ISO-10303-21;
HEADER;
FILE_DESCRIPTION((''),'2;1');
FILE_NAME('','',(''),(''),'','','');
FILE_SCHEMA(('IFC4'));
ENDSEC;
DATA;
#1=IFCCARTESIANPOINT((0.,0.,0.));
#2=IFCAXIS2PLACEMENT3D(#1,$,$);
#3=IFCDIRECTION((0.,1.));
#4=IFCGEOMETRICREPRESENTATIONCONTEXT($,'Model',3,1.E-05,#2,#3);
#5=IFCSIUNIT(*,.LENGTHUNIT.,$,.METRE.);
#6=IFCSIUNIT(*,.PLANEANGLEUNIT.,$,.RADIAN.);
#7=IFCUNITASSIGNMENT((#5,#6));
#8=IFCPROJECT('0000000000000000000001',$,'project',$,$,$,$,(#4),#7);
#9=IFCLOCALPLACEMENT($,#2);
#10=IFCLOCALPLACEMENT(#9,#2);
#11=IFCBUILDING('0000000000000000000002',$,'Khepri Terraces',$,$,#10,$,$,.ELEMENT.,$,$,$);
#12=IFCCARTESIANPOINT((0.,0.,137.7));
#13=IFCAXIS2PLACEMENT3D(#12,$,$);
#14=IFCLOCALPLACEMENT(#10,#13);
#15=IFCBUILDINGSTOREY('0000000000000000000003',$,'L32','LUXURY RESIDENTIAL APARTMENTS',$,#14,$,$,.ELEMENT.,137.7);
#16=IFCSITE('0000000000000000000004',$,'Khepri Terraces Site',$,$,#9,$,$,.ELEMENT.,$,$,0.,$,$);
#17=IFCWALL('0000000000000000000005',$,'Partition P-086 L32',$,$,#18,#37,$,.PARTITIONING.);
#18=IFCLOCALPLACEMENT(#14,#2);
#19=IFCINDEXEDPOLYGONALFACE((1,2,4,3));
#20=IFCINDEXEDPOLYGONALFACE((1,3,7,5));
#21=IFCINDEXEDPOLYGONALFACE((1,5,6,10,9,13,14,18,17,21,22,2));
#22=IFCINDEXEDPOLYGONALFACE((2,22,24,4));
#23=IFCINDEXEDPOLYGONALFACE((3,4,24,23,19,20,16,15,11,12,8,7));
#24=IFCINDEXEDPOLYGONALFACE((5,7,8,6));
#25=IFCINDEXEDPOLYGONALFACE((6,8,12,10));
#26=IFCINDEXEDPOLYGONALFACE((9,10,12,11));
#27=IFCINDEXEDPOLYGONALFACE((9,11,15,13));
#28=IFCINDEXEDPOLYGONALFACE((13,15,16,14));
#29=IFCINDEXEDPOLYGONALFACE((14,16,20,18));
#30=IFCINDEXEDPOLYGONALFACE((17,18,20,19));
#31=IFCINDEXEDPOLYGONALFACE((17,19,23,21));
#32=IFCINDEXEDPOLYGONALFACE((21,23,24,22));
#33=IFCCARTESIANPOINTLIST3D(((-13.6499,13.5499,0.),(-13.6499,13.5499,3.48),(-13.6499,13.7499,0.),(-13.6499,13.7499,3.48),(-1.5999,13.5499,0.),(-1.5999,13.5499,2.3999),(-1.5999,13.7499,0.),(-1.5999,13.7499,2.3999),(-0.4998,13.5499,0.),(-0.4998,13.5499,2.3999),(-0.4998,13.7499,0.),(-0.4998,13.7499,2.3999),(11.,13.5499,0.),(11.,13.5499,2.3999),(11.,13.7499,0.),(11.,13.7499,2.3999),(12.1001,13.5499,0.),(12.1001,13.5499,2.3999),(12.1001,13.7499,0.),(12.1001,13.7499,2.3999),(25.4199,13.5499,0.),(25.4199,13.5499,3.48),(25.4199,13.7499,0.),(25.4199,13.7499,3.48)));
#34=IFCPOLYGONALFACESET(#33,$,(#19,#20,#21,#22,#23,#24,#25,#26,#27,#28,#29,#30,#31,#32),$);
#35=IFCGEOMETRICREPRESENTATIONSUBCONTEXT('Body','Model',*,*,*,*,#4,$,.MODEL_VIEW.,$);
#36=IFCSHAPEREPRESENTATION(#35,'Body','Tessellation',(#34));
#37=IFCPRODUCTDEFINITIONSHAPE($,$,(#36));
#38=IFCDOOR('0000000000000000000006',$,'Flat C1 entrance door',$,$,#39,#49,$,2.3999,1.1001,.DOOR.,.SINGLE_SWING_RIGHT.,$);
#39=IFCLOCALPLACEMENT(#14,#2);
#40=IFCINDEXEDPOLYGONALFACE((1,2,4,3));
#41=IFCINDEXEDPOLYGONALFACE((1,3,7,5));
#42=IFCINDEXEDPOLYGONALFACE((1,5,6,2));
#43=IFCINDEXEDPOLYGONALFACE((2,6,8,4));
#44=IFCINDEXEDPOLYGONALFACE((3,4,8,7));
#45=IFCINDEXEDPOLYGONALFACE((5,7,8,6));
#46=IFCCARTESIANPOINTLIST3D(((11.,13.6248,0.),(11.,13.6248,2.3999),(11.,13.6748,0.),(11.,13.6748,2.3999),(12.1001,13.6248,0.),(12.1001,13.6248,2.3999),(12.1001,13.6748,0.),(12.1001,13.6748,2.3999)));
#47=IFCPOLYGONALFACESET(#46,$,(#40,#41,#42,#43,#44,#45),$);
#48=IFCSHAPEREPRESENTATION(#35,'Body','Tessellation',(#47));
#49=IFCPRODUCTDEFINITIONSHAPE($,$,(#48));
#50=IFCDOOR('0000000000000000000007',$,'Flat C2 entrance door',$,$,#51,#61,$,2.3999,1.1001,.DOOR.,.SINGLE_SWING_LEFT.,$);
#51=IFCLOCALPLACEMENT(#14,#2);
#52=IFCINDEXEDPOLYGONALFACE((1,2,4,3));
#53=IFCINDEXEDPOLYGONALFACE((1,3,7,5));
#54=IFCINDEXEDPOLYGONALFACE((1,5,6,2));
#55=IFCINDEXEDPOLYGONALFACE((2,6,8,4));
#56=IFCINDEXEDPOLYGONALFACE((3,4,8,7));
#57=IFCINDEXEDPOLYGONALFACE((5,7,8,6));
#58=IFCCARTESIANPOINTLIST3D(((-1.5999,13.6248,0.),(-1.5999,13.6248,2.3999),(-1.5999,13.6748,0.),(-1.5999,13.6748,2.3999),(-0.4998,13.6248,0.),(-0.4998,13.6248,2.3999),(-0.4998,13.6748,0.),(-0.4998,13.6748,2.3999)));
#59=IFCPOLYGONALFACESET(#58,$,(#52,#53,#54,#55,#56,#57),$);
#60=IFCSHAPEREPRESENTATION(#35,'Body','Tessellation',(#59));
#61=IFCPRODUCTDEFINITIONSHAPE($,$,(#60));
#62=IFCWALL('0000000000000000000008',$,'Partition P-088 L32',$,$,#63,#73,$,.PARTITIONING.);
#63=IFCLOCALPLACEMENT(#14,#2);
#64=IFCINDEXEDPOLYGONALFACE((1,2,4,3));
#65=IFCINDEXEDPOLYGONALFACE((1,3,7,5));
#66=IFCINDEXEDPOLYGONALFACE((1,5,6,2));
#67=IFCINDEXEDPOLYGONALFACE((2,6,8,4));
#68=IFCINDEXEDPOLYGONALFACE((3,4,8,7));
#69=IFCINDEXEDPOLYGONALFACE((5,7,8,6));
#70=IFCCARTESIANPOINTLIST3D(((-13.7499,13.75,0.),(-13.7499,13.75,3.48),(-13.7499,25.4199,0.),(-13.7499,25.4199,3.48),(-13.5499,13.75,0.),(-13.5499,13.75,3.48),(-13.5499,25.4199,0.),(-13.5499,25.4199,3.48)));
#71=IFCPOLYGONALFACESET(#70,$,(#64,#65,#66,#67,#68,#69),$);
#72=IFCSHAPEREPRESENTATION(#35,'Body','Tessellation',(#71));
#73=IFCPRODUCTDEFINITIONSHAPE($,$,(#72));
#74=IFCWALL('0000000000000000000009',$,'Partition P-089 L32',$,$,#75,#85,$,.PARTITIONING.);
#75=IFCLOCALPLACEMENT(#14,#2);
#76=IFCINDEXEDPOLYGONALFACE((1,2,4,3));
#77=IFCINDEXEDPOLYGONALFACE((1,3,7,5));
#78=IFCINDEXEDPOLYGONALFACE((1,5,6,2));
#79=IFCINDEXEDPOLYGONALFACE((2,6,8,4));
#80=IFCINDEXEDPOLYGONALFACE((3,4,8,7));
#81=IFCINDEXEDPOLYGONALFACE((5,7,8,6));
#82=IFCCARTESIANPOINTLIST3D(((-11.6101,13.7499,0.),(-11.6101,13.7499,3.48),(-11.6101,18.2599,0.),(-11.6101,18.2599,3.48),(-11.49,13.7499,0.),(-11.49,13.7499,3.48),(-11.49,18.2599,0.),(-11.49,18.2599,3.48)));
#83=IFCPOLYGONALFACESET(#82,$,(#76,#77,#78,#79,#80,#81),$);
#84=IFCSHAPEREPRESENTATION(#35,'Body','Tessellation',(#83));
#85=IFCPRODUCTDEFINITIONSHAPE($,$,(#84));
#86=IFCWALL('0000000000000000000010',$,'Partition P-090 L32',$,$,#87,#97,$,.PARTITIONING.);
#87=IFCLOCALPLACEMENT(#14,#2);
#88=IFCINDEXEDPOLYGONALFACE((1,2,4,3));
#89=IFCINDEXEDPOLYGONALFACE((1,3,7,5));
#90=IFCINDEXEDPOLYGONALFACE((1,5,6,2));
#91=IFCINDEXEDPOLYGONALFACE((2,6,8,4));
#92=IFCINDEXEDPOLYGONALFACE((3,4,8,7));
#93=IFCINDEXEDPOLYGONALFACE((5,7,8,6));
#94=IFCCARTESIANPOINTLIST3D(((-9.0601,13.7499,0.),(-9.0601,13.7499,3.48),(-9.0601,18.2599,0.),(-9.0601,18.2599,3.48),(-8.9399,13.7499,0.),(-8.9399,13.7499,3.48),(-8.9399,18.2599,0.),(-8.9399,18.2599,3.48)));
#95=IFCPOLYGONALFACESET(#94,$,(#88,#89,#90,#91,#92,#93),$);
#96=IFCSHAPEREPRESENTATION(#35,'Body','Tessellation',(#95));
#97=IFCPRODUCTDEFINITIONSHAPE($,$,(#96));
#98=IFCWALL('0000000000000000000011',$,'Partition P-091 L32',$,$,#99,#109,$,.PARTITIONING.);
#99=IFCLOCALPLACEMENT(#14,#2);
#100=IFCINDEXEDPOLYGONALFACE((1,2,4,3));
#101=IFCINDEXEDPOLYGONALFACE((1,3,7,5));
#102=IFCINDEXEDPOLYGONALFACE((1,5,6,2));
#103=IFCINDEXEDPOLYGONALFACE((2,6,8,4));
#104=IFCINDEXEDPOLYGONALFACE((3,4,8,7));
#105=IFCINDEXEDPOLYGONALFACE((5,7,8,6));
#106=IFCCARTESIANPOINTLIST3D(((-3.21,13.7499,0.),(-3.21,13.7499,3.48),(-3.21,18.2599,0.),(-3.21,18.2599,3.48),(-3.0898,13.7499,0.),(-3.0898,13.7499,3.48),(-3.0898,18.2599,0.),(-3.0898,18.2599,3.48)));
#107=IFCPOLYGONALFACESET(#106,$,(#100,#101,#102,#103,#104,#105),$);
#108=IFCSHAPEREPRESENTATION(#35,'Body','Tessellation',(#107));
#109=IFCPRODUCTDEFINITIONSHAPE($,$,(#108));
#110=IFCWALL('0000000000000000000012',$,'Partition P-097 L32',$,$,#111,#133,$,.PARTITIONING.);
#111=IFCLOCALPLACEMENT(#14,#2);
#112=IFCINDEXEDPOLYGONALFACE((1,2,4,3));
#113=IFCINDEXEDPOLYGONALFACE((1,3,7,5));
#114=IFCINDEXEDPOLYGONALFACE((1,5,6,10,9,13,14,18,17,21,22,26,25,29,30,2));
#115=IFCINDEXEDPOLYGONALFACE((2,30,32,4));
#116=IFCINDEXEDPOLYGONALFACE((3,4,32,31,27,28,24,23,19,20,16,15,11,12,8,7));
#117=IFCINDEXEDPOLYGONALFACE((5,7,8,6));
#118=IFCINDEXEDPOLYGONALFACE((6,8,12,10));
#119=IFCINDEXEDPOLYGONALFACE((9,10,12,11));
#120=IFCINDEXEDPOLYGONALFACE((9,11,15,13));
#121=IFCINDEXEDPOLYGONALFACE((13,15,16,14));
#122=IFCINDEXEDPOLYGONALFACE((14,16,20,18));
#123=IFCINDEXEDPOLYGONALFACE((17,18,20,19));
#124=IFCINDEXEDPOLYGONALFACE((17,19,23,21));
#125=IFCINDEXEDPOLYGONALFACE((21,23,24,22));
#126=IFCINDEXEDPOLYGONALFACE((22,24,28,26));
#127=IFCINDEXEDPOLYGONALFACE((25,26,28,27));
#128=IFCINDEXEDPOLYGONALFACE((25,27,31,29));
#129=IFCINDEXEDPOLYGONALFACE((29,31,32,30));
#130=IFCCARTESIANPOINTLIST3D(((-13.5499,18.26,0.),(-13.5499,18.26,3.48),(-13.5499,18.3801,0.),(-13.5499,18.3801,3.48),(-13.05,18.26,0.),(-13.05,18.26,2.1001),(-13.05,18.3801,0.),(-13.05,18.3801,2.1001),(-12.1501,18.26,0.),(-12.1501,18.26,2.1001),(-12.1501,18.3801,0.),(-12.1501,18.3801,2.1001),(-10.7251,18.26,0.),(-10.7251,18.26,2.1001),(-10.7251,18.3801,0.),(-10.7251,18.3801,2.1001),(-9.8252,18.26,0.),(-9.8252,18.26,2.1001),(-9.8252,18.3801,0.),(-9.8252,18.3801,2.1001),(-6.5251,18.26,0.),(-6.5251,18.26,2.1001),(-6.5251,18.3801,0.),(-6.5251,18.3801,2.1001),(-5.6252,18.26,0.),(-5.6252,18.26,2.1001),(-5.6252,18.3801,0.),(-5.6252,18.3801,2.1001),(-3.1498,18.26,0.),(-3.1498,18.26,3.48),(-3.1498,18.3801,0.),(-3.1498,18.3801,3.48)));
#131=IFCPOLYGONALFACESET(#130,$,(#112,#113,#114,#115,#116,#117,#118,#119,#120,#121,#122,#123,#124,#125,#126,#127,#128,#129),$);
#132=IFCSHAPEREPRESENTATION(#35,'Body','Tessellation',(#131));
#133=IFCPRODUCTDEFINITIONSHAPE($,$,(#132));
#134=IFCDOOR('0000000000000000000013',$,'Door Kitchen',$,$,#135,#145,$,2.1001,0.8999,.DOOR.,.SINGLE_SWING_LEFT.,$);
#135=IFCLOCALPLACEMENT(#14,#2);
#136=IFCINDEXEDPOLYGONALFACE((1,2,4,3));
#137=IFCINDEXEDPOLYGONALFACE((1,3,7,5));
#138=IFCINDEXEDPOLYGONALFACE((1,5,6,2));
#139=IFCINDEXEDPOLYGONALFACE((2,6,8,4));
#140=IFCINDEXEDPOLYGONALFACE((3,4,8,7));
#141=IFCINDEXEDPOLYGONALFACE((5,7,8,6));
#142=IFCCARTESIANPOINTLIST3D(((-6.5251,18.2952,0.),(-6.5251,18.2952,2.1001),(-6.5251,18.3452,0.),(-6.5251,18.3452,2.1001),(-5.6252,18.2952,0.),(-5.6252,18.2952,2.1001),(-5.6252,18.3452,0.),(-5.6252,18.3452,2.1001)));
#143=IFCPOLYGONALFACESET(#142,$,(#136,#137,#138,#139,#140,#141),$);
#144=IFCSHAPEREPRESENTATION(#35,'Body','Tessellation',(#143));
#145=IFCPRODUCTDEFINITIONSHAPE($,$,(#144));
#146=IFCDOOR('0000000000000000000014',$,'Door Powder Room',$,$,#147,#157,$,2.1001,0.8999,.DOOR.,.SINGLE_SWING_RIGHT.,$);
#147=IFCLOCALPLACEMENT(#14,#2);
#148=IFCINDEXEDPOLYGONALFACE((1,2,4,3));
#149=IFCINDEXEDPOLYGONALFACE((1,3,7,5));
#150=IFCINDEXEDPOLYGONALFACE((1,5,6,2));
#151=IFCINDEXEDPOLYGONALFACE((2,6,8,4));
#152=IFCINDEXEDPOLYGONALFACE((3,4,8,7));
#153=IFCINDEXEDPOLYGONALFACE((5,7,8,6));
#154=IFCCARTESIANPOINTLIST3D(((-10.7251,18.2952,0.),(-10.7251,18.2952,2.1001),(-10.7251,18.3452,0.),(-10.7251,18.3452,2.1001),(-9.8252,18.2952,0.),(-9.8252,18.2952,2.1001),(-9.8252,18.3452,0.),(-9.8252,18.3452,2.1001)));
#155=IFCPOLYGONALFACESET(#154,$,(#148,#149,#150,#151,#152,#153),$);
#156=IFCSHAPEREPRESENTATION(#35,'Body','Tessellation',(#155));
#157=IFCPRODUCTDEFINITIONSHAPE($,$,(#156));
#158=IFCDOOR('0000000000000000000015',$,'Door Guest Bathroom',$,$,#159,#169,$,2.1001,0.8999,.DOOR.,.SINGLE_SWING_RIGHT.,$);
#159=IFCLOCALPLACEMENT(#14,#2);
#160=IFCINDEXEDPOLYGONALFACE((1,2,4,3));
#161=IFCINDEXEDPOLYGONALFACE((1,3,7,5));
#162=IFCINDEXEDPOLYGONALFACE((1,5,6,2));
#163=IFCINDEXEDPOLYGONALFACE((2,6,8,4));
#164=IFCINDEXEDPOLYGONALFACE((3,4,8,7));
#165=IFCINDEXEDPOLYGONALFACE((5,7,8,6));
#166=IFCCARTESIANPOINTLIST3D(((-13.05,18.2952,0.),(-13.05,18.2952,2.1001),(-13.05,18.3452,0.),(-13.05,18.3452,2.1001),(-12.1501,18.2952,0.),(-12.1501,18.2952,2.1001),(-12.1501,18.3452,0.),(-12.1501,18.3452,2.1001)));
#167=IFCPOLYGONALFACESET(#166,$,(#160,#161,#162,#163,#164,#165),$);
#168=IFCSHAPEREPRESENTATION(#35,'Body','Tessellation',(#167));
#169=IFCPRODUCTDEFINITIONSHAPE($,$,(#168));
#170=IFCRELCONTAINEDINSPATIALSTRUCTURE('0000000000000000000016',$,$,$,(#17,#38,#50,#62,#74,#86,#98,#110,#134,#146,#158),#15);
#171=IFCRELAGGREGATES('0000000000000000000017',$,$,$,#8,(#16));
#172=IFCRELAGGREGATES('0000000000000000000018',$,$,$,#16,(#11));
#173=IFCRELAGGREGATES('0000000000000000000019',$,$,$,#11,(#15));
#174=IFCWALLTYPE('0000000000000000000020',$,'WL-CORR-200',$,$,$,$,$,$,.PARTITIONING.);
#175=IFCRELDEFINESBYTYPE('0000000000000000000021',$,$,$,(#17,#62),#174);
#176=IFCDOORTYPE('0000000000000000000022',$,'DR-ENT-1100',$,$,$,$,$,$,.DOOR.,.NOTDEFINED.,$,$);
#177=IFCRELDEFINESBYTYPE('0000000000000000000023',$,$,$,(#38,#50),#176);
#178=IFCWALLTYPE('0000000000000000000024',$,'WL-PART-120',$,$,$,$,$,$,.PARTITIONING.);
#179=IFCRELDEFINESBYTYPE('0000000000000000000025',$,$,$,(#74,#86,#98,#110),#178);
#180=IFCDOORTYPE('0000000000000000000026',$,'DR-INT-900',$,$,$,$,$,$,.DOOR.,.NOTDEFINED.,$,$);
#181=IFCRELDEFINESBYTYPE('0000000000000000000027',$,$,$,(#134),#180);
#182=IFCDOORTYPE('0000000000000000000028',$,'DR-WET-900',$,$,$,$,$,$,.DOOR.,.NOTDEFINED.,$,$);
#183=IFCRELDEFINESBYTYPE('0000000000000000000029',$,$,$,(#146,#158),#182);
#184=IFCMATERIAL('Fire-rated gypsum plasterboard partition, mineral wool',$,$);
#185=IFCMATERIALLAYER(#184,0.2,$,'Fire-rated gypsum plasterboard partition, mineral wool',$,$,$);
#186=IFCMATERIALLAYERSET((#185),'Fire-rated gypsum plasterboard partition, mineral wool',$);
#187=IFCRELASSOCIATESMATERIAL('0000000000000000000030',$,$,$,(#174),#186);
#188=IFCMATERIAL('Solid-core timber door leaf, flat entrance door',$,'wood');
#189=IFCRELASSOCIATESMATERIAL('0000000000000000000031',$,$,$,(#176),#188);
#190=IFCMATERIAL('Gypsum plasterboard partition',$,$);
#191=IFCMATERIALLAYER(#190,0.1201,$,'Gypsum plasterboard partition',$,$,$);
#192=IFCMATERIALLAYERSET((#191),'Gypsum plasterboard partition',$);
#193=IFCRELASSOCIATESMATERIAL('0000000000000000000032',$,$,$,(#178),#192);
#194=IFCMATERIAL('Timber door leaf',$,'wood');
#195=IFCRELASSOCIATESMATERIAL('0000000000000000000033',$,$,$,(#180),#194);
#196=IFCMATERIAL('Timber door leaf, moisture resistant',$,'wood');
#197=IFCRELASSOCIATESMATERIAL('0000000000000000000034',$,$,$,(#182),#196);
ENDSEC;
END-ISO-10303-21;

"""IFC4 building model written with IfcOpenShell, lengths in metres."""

from ifc_helpers import new_model, si_unit, direction, frame, frame_2d, origin, place, context, subcontext, project, spatial, rectangle, extrude, material, layer, layer_set, type_object, element, fill, save


model = new_model("IFC4")

# Units and contexts
model_context = context("Model", 3, precision=1e-05, world=origin(), true_north=direction((0.0, 1.0)))
body_context = subcontext(model_context, "Body", "Model", "MODEL_VIEW")
ifc_project = project(units=[si_unit("LENGTHUNIT", "METRE"), si_unit("PLANEANGLEUNIT", "RADIAN")], contexts=[model_context])

# Site, building, storey
site_placement = place(None, origin())
site = spatial("IfcSite", under=ifc_project, at=site_placement, Name="Khepri Terraces Site", CompositionType="ELEMENT", RefElevation=0.0)
building_placement = place(site_placement, origin())
building = spatial("IfcBuilding", under=site, at=building_placement, Name="Khepri Terraces", CompositionType="ELEMENT")
storey_placement = place(building_placement, frame((0.0, 0.0, 137.7)))
storey = spatial("IfcBuildingStorey", under=building, at=storey_placement, Name="L32", Description="LUXURY RESIDENTIAL APARTMENTS", CompositionType="ELEMENT", Elevation=137.7)

# Wall, openings, doors
ifc_material_1 = material(Name="Fire-rated gypsum plasterboard partition, mineral wool")
ifc_layer_1 = layer(ifc_material_1, 0.2, Name="Fire-rated gypsum plasterboard partition, mineral wool")
ifc_layer_set_1 = layer_set([ifc_layer_1], Name="Fire-rated gypsum plasterboard partition, mineral wool")
wall_type_1 = type_object("IfcWallType", Name="WL-CORR-200", PredefinedType="PARTITIONING", material=ifc_layer_set_1)
wall_1_placement = place(storey_placement, frame((-13.6499, 13.6499, 0.0), z_axis=(0.0, 0.0, 1.0), x_axis=(1.0, 0.0, 0.0)))
wall_1 = element("IfcWall", 1, at=wall_1_placement, inside=storey, type_object=wall_type_1, Name="Partition P-086 L32", PredefinedType="PARTITIONING", context=body_context, shape_type="SweptSolid", body=[
    extrude(rectangle(XDim=39.0698, YDim=0.2, at=frame_2d((19.5349, 0.0))), origin(), (0.0, 0.0, 1.0), 3.48),
])
opening_1_placement = place(wall_1_placement, frame((24.6499, 0.0, 0.0)))
opening_1 = element("IfcOpeningElement", 2, at=opening_1_placement, cuts=wall_1, PredefinedType="OPENING", context=body_context, shape_type="SweptSolid", body=[
    extrude(rectangle(XDim=1.1001, YDim=2.3999, at=frame_2d((0.55, 1.2))), frame((0.0, 0.1099, 0.0), z_axis=(0.0, -1.0, 0.0), x_axis=(1.0, 0.0, 0.0)), (0.0, 0.0, 1.0), 0.22),
])
opening_2_placement = place(wall_1_placement, frame((12.05, 0.0, 0.0)))
opening_2 = element("IfcOpeningElement", 3, at=opening_2_placement, cuts=wall_1, PredefinedType="OPENING", context=body_context, shape_type="SweptSolid", body=[
    extrude(rectangle(XDim=1.1001, YDim=2.3999, at=frame_2d((0.55, 1.2))), frame((0.0, 0.1099, 0.0), z_axis=(0.0, -1.0, 0.0), x_axis=(1.0, 0.0, 0.0)), (0.0, 0.0, 1.0), 0.22),
])
ifc_material_2 = material(Name="Solid-core timber door leaf, flat entrance door", Category="wood")
door_type_1 = type_object("IfcDoorType", Name="DR-ENT-1100", OperationType="NOTDEFINED", PredefinedType="DOOR", material=ifc_material_2)
door_1_placement = place(opening_1_placement, origin())
door_1 = element("IfcDoor", 4, at=door_1_placement, inside=storey, type_object=door_type_1, Name="Flat C1 entrance door", OperationType="SINGLE_SWING_RIGHT", OverallHeight=2.3999, OverallWidth=1.1001, PredefinedType="DOOR", context=body_context, shape_type="SweptSolid", body=[
    extrude(rectangle(XDim=1.1001, YDim=2.3999, at=frame_2d((0.55, 1.2))), frame((0.0, 0.0249, 0.0), z_axis=(0.0, -1.0, 0.0), x_axis=(1.0, 0.0, 0.0)), (0.0, 0.0, 1.0), 0.05),
])
fill(opening_1, door_1)
door_2_placement = place(opening_2_placement, origin())
door_2 = element("IfcDoor", 5, at=door_2_placement, inside=storey, type_object=door_type_1, Name="Flat C2 entrance door", OperationType="SINGLE_SWING_LEFT", OverallHeight=2.3999, OverallWidth=1.1001, PredefinedType="DOOR", context=body_context, shape_type="SweptSolid", body=[
    extrude(rectangle(XDim=1.1001, YDim=2.3999, at=frame_2d((0.55, 1.2))), frame((0.0, 0.0249, 0.0), z_axis=(0.0, -1.0, 0.0), x_axis=(1.0, 0.0, 0.0)), (0.0, 0.0, 1.0), 0.05),
])
fill(opening_2, door_2)

# Walls
wall_2_placement = place(storey_placement, frame((-13.6499, 13.75, 0.0), z_axis=(0.0, 0.0, 1.0), x_axis=(0.0, 1.0, 0.0)))
element("IfcWall", 6, at=wall_2_placement, inside=storey, type_object=wall_type_1, Name="Partition P-088 L32", PredefinedType="PARTITIONING", context=body_context, shape_type="SweptSolid", body=[
    extrude(rectangle(XDim=11.6699, YDim=0.2, at=frame_2d((5.835, 0.0))), origin(), (0.0, 0.0, 1.0), 3.48),
])
ifc_material_3 = material(Name="Gypsum plasterboard partition")
ifc_layer_2 = layer(ifc_material_3, 0.1201, Name="Gypsum plasterboard partition")
ifc_layer_set_2 = layer_set([ifc_layer_2], Name="Gypsum plasterboard partition")
wall_type_2 = type_object("IfcWallType", Name="WL-PART-120", PredefinedType="PARTITIONING", material=ifc_layer_set_2)
for number, where, z_axis, x_axis, name in (
    (7, (-11.55, 13.75, 0.0), (0.0, 0.0, 1.0), (0.0, 1.0, 0.0), "Partition P-089 L32"),
    (8, (-9.0, 13.75, 0.0), (0.0, 0.0, 1.0), (0.0, 1.0, 0.0), "Partition P-090 L32"),
    (9, (-3.1499, 13.75, 0.0), (0.0, 0.0, 1.0), (0.0, 1.0, 0.0), "Partition P-091 L32"),
):
    element("IfcWall", number, at=place(storey_placement, frame(where, z_axis=z_axis, x_axis=x_axis)), inside=storey, type_object=wall_type_2, Name=name, PredefinedType="PARTITIONING", context=body_context, shape_type="SweptSolid", body=[
        extrude(rectangle(XDim=4.51, YDim=0.1201, at=frame_2d((2.2549, 0.0))), origin(), (0.0, 0.0, 1.0), 3.48),
    ])

# Wall, openings, doors
wall_3_placement = place(storey_placement, frame((-13.55, 18.3201, 0.0), z_axis=(0.0, 0.0, 1.0), x_axis=(1.0, 0.0, 0.0)))
wall_3 = element("IfcWall", 10, at=wall_3_placement, inside=storey, type_object=wall_type_2, Name="Partition P-097 L32", PredefinedType="PARTITIONING", context=body_context, shape_type="SweptSolid", body=[
    extrude(rectangle(XDim=10.4001, YDim=0.1201, at=frame_2d((5.2002, 0.0))), origin(), (0.0, 0.0, 1.0), 3.48),
])
opening_3_placement = place(wall_3_placement, frame((7.0249, 0.0, 0.0)))
opening_3 = element("IfcOpeningElement", 11, at=opening_3_placement, cuts=wall_3, PredefinedType="OPENING", context=body_context, shape_type="SweptSolid", body=[
    extrude(rectangle(XDim=0.8999, YDim=2.1001, at=frame_2d((0.45, 1.05))), frame((0.0, 0.0701, 0.0), z_axis=(0.0, -1.0, 0.0), x_axis=(1.0, 0.0, 0.0)), (0.0, 0.0, 1.0), 0.1401),
])
opening_4_placement = place(wall_3_placement, frame((2.825, 0.0, 0.0)))
opening_4 = element("IfcOpeningElement", 12, at=opening_4_placement, cuts=wall_3, PredefinedType="OPENING", context=body_context, shape_type="SweptSolid", body=[
    extrude(rectangle(XDim=0.8999, YDim=2.1001, at=frame_2d((0.45, 1.05))), frame((0.0, 0.0701, 0.0), z_axis=(0.0, -1.0, 0.0), x_axis=(1.0, 0.0, 0.0)), (0.0, 0.0, 1.0), 0.1401),
])
opening_5_placement = place(wall_3_placement, frame((0.5, 0.0, 0.0)))
opening_5 = element("IfcOpeningElement", 13, at=opening_5_placement, cuts=wall_3, PredefinedType="OPENING", context=body_context, shape_type="SweptSolid", body=[
    extrude(rectangle(XDim=0.8999, YDim=2.1001, at=frame_2d((0.45, 1.05))), frame((0.0, 0.0701, 0.0), z_axis=(0.0, -1.0, 0.0), x_axis=(1.0, 0.0, 0.0)), (0.0, 0.0, 1.0), 0.1401),
])
ifc_material_4 = material(Name="Timber door leaf", Category="wood")
door_type_2 = type_object("IfcDoorType", Name="DR-INT-900", OperationType="NOTDEFINED", PredefinedType="DOOR", material=ifc_material_4)
door_3_placement = place(opening_3_placement, frame((0.8999, 0.0, 0.0), z_axis=(0.0, 0.0, 1.0), x_axis=(-1.0, 0.0, 0.0)))
door_3 = element("IfcDoor", 14, at=door_3_placement, inside=storey, type_object=door_type_2, Name="Door Kitchen", OperationType="SINGLE_SWING_LEFT", OverallHeight=2.1001, OverallWidth=0.8999, PredefinedType="DOOR", context=body_context, shape_type="SweptSolid", body=[
    extrude(rectangle(XDim=0.8999, YDim=2.1001, at=frame_2d((0.45, 1.05))), frame((0.0, 0.0249, 0.0), z_axis=(0.0, -1.0, 0.0), x_axis=(1.0, 0.0, 0.0)), (0.0, 0.0, 1.0), 0.05),
])
fill(opening_3, door_3)
ifc_material_5 = material(Name="Timber door leaf, moisture resistant", Category="wood")
door_type_3 = type_object("IfcDoorType", Name="DR-WET-900", OperationType="NOTDEFINED", PredefinedType="DOOR", material=ifc_material_5)
door_4_placement = place(opening_4_placement, frame((0.8999, 0.0, 0.0), z_axis=(0.0, 0.0, 1.0), x_axis=(-1.0, 0.0, 0.0)))
door_4 = element("IfcDoor", 15, at=door_4_placement, inside=storey, type_object=door_type_3, Name="Door Powder Room", OperationType="SINGLE_SWING_RIGHT", OverallHeight=2.1001, OverallWidth=0.8999, PredefinedType="DOOR", context=body_context, shape_type="SweptSolid", body=[
    extrude(rectangle(XDim=0.8999, YDim=2.1001, at=frame_2d((0.45, 1.05))), frame((0.0, 0.0249, 0.0), z_axis=(0.0, -1.0, 0.0), x_axis=(1.0, 0.0, 0.0)), (0.0, 0.0, 1.0), 0.05),
])
fill(opening_4, door_4)
door_5_placement = place(opening_5_placement, frame((0.8999, 0.0, 0.0), z_axis=(0.0, 0.0, 1.0), x_axis=(-1.0, 0.0, 0.0)))
door_5 = element("IfcDoor", 16, at=door_5_placement, inside=storey, type_object=door_type_3, Name="Door Guest Bathroom", OperationType="SINGLE_SWING_RIGHT", OverallHeight=2.1001, OverallWidth=0.8999, PredefinedType="DOOR", context=body_context, shape_type="SweptSolid", body=[
    extrude(rectangle(XDim=0.8999, YDim=2.1001, at=frame_2d((0.45, 1.05))), frame((0.0, 0.0249, 0.0), z_axis=(0.0, -1.0, 0.0), x_axis=(1.0, 0.0, 0.0)), (0.0, 0.0, 1.0), 0.05),
])
fill(opening_5, door_5)

save(model, "model.ifc")
